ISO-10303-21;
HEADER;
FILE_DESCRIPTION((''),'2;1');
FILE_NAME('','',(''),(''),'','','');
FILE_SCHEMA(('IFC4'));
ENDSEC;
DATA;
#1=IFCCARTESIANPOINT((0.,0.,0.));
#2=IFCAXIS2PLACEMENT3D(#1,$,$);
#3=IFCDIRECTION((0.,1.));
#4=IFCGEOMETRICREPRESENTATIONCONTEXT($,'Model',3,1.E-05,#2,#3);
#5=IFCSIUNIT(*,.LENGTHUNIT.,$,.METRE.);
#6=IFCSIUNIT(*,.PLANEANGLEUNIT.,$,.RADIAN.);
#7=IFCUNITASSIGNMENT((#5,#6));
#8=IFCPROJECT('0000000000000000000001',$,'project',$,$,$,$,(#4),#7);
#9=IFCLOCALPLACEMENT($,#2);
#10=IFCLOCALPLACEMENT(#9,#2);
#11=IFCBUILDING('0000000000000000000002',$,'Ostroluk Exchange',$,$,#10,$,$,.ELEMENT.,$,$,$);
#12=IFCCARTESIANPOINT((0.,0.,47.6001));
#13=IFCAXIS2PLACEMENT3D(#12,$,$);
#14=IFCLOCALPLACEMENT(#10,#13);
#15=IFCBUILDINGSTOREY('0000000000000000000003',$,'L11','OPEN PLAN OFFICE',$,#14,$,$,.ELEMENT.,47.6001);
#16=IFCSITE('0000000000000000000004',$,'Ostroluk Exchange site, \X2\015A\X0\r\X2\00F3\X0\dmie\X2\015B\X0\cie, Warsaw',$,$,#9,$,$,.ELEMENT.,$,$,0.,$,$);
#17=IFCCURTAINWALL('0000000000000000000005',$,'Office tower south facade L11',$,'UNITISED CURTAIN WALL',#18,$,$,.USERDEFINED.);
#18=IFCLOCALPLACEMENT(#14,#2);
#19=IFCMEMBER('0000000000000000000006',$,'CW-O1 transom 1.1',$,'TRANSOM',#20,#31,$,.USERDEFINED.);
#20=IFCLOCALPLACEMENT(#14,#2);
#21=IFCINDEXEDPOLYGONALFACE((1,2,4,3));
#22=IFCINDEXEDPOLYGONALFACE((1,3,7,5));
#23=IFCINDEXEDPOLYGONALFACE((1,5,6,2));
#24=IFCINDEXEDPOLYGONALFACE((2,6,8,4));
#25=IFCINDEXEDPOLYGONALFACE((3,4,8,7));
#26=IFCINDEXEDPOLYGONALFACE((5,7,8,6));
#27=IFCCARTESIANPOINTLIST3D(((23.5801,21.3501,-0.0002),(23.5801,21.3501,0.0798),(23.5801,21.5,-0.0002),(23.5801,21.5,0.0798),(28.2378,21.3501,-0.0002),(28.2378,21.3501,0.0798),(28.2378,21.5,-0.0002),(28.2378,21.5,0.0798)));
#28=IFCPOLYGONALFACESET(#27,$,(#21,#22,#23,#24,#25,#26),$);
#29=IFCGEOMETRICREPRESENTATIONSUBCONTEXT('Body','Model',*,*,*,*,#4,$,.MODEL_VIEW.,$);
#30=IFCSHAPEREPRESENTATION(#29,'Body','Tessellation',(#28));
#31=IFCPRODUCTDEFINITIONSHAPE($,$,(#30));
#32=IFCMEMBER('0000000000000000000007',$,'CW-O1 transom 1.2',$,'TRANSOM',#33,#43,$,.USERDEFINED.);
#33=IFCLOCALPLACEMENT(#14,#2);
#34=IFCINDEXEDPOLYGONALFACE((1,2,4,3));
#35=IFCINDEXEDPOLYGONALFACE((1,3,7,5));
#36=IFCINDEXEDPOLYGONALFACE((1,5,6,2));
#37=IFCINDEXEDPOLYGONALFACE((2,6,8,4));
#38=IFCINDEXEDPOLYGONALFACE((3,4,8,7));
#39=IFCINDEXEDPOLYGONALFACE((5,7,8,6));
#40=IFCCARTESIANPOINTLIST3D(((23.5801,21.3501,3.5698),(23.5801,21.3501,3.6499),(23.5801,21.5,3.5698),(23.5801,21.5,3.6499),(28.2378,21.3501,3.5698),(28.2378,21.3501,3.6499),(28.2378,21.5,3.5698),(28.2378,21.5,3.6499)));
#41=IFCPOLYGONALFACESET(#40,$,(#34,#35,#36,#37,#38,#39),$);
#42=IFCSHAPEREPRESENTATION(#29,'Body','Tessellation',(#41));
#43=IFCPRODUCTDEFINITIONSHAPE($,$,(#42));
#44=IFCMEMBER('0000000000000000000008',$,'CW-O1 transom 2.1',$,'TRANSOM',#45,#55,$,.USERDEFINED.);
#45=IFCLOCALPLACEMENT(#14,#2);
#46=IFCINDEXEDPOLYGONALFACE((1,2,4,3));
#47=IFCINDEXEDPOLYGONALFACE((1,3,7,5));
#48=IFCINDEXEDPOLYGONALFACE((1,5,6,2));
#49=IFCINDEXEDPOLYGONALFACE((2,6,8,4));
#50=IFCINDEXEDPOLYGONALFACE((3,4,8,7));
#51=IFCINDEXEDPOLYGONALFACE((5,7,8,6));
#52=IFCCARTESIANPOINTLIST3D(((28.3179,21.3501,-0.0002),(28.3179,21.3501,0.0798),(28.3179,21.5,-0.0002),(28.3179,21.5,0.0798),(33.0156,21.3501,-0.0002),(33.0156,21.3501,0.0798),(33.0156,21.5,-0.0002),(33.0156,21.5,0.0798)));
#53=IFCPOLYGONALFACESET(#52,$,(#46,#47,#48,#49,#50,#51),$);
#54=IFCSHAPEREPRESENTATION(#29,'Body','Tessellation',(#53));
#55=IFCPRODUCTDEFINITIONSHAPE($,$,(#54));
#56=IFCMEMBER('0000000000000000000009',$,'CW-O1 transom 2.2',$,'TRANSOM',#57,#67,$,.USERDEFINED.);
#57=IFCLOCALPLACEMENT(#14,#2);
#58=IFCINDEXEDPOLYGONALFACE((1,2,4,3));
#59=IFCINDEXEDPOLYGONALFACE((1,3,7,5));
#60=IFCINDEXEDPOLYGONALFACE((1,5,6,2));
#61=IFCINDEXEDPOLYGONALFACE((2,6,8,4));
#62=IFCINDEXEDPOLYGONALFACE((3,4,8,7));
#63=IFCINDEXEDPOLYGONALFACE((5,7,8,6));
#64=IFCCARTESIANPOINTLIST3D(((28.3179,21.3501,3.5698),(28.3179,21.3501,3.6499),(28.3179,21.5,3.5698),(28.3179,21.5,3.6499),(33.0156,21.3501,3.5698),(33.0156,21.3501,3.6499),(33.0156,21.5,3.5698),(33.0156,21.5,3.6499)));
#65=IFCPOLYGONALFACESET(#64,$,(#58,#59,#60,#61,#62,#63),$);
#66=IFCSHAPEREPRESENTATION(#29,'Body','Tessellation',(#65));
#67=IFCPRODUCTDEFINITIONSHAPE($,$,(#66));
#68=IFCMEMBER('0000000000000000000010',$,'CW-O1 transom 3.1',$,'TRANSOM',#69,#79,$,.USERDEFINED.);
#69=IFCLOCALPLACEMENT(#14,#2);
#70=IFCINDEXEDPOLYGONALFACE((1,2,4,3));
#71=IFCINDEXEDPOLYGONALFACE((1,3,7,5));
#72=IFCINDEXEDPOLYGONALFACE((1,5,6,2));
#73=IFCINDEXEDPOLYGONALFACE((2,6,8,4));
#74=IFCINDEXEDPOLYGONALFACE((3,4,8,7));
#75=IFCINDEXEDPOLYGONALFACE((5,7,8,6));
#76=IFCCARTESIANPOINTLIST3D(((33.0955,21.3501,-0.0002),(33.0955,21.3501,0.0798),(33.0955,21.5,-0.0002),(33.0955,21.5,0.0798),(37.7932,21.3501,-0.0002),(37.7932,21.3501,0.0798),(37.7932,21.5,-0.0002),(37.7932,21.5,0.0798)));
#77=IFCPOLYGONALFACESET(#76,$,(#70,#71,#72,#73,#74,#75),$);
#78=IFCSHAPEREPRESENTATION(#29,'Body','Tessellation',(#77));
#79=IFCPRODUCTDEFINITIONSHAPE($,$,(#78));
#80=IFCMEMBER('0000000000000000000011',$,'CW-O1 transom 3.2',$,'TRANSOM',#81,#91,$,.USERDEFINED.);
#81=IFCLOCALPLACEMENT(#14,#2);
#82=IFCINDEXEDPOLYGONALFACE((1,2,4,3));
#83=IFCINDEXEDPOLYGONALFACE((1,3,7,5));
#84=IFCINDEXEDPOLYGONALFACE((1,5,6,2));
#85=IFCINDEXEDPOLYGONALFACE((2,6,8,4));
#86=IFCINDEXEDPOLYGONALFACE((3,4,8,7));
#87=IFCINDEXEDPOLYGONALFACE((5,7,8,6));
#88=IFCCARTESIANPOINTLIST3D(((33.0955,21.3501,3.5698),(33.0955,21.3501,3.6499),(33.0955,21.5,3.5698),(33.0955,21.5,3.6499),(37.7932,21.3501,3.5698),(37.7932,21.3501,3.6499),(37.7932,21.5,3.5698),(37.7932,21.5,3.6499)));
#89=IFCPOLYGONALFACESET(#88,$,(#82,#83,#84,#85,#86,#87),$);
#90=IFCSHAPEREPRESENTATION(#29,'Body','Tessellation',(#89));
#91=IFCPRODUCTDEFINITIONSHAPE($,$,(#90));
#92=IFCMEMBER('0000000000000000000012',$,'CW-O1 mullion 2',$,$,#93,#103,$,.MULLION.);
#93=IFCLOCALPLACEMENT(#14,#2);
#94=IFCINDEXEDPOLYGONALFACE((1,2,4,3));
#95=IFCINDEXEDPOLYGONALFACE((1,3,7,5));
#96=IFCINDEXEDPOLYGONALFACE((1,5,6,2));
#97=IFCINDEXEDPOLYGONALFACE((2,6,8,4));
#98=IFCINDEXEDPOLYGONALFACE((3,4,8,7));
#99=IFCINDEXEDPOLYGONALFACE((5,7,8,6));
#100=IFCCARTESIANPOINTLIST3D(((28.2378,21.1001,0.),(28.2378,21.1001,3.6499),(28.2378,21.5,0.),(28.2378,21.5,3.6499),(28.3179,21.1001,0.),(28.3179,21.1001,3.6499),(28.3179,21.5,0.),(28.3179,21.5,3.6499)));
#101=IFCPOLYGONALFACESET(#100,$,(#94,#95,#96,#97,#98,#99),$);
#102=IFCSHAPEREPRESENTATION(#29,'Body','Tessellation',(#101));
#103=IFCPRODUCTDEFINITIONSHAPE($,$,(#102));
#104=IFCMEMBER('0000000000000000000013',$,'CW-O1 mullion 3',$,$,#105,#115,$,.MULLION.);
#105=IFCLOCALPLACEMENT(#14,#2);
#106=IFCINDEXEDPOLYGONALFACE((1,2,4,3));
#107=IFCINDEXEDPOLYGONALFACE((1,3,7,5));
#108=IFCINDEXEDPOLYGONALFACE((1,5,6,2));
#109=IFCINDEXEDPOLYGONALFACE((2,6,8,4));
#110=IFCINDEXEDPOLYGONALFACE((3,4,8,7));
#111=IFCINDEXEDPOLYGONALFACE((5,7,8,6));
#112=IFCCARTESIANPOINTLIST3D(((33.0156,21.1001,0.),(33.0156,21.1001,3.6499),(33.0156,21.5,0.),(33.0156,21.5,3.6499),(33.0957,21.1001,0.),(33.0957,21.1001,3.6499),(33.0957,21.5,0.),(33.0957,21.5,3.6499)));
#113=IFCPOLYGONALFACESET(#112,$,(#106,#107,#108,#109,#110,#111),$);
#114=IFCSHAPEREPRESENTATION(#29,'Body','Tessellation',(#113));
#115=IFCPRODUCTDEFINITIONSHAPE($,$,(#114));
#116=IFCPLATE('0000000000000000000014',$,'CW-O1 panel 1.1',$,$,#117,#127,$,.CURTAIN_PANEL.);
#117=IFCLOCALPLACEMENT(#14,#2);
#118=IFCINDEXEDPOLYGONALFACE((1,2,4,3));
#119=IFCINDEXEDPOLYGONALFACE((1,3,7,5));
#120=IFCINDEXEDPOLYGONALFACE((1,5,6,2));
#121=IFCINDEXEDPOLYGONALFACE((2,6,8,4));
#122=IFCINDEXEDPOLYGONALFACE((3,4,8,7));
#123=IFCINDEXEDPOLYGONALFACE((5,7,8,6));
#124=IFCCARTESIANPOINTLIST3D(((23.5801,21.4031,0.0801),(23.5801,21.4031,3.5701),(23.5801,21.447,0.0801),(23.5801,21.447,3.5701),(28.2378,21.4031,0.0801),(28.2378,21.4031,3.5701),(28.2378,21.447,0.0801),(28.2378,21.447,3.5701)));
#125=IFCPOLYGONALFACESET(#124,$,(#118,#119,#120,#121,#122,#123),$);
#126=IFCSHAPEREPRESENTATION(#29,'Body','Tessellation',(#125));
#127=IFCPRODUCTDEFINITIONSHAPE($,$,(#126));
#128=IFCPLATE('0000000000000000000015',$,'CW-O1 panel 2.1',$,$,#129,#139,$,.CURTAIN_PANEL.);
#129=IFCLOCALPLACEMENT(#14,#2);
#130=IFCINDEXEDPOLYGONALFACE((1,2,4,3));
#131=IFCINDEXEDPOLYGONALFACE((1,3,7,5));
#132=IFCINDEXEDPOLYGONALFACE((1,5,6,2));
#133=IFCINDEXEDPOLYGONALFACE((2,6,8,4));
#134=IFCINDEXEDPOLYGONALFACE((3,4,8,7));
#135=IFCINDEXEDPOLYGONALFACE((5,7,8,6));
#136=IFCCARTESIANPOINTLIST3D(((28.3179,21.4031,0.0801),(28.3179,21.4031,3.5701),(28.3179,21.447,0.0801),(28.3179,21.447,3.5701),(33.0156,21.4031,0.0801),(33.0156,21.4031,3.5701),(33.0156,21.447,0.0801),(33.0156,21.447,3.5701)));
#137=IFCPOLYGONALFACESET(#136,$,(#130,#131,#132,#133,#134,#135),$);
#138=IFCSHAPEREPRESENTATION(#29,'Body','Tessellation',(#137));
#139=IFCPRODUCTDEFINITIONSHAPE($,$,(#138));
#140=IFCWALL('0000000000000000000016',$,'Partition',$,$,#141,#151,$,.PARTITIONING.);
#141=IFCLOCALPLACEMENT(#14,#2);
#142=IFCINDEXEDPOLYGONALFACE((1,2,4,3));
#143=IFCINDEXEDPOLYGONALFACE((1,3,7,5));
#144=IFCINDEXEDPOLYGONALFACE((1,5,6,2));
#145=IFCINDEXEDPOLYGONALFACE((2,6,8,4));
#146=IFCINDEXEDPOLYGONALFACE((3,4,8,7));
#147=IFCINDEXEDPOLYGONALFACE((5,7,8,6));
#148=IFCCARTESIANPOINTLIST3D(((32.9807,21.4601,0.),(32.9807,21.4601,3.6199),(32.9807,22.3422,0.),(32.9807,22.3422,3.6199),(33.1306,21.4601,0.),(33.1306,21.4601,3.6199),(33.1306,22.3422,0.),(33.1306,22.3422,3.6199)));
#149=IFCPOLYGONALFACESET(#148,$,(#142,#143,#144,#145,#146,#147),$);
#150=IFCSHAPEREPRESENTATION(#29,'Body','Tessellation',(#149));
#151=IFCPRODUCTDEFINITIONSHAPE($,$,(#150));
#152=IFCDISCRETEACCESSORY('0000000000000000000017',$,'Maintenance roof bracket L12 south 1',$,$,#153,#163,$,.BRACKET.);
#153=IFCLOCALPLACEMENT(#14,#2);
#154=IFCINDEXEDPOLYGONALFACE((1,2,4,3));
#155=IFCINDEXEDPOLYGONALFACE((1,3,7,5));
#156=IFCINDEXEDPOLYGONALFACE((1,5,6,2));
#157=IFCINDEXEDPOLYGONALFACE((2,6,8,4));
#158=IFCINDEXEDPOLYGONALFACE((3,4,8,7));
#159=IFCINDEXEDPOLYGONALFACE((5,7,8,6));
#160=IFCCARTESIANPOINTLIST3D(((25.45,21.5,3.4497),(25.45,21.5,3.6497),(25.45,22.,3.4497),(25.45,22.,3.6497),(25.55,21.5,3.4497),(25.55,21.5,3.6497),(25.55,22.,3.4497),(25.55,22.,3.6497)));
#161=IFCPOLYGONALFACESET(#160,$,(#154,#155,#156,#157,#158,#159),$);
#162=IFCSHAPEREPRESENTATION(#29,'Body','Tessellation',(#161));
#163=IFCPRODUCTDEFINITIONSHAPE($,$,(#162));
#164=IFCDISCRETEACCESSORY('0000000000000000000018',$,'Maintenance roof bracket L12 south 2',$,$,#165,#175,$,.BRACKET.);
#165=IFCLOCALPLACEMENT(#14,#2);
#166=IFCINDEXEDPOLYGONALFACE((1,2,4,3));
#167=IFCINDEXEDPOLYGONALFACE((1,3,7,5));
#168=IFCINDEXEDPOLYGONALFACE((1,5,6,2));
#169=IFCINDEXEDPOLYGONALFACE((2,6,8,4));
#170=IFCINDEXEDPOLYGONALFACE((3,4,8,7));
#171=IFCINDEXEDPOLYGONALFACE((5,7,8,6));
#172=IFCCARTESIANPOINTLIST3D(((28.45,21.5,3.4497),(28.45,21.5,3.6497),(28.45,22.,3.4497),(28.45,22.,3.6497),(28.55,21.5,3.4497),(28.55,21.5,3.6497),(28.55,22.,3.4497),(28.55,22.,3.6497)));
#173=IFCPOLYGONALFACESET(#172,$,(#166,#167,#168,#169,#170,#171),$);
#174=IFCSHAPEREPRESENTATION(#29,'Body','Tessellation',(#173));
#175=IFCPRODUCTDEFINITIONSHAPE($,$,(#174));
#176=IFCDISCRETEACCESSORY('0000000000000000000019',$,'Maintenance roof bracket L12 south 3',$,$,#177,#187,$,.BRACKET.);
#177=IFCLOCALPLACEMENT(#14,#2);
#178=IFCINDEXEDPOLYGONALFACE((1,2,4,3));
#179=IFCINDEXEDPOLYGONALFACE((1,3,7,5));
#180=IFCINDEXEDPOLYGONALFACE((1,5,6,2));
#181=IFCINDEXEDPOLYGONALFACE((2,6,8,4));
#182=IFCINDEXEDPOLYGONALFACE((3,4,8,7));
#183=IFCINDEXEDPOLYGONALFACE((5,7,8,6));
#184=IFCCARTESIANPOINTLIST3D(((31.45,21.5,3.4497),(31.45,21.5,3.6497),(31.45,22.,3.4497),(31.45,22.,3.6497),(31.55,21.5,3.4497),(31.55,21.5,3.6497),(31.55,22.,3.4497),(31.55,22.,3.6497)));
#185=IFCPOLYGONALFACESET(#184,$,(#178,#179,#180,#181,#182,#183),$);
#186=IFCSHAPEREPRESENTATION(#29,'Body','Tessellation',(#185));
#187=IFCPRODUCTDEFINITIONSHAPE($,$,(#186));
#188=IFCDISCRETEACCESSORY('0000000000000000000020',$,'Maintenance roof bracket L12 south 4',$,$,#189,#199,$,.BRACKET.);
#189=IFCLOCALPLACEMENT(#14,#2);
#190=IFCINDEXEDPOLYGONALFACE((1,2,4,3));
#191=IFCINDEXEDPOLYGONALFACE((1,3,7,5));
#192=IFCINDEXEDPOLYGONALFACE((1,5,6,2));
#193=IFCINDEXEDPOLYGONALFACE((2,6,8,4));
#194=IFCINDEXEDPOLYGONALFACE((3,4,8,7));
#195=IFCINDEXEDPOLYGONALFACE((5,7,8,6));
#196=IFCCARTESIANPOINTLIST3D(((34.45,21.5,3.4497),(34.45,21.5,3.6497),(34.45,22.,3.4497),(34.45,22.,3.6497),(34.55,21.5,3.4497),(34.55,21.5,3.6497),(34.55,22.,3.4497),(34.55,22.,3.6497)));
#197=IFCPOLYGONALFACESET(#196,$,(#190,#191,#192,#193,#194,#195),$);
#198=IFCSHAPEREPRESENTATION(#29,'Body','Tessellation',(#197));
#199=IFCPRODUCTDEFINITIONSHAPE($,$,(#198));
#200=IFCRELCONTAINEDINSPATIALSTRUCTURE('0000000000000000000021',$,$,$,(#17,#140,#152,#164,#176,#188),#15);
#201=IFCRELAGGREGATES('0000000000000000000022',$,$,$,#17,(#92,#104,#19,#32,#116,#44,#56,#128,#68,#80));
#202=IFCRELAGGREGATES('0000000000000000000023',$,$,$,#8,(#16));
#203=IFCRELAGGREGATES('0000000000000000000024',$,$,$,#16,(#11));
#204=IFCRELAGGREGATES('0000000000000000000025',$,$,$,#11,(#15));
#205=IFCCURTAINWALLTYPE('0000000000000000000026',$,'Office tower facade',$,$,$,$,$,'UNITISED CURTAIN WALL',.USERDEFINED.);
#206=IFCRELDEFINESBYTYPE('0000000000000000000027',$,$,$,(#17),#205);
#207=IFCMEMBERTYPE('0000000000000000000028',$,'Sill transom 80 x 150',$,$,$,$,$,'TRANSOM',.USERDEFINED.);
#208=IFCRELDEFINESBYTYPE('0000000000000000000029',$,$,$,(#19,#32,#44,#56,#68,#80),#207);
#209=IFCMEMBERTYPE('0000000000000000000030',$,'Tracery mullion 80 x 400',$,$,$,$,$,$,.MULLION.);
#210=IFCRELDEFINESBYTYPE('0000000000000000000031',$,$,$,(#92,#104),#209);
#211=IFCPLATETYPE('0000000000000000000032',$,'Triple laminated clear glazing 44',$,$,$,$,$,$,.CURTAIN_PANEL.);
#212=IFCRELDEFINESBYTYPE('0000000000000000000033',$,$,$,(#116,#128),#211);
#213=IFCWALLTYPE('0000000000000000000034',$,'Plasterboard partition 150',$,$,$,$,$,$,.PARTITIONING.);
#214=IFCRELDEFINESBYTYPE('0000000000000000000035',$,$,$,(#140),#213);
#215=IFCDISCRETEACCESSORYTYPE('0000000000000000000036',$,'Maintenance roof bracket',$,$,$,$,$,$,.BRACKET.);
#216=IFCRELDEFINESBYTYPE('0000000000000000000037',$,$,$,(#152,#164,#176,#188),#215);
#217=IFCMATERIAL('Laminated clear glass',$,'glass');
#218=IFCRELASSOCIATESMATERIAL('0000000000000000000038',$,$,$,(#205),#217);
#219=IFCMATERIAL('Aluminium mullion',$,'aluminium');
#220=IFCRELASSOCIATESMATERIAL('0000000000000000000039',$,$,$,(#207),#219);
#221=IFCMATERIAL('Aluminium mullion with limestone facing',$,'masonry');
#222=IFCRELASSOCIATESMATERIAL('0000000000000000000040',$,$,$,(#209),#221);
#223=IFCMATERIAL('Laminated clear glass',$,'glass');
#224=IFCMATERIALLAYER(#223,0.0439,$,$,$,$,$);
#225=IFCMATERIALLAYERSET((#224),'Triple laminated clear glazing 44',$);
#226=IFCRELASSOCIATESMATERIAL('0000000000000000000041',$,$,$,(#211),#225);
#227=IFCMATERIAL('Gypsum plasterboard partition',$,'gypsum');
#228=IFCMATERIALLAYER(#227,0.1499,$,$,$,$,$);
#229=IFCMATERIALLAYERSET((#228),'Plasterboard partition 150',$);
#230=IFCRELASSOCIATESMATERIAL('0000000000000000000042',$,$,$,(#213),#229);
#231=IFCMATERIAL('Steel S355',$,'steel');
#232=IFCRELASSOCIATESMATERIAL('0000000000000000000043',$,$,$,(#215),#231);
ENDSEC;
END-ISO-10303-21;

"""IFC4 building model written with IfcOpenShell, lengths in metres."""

from ifc_helpers import new_model, si_unit, direction, frame, frame_2d, origin, origin_2d, place, context, subcontext, project, spatial, rectangle, extrude, material, layer, layer_set, material_profile, profile_set, type_object, element, aggregate, save


model = new_model("IFC4")

# Units and contexts
model_context = context("Model", 3, precision=1e-05, world=origin(), true_north=direction((0.0, 1.0)))
body_context = subcontext(model_context, "Body", "Model", "MODEL_VIEW")
ifc_project = project(units=[si_unit("LENGTHUNIT", "METRE"), si_unit("PLANEANGLEUNIT", "RADIAN")], contexts=[model_context])

# Site, building, storey
site_placement = place(None, origin())
site = spatial("IfcSite", under=ifc_project, at=site_placement, Name="Ostroluk Exchange site, Śródmieście, Warsaw", CompositionType="ELEMENT", RefElevation=0.0)
building_placement = place(site_placement, origin())
building = spatial("IfcBuilding", under=site, at=building_placement, Name="Ostroluk Exchange", CompositionType="ELEMENT")
storey_placement = place(building_placement, frame((0.0, 0.0, 47.6001)))
storey = spatial("IfcBuildingStorey", under=building, at=storey_placement, Name="L11", Description="OPEN PLAN OFFICE", CompositionType="ELEMENT", Elevation=47.6001)

# Curtain wall, members, plates
ifc_material_1 = material(Name="Laminated clear glass", Category="glass")
curtain_wall_type = type_object("IfcCurtainWallType", Name="Office tower facade", ElementType="UNITISED CURTAIN WALL", PredefinedType="USERDEFINED", material=ifc_material_1)
curtain_wall_placement = place(storey_placement, origin())
curtain_wall = element("IfcCurtainWall", 1, at=curtain_wall_placement, inside=storey, type_object=curtain_wall_type, Name="Office tower south facade L11", ObjectType="UNITISED CURTAIN WALL", PredefinedType="USERDEFINED")
ifc_material_2 = material(Name="Aluminium mullion", Category="aluminium")
ifc_material_profile_1 = material_profile(ifc_material_2, rectangle(XDim=0.1499, YDim=0.0801, at=origin_2d()), Name="Sill transom 80 x 150")
ifc_profile_set_1 = profile_set([ifc_material_profile_1], Name="Aluminium mullion")
member_type_1 = type_object("IfcMemberType", Name="Sill transom 80 x 150", ElementType="TRANSOM", PredefinedType="USERDEFINED", material=ifc_profile_set_1)
member_1_placement = place(storey_placement, frame((23.5801, 21.425, 0.0398), z_axis=(1.0, 0.0, 0.0), x_axis=(0.0, 1.0, 0.0)))
member_1 = element("IfcMember", 2, at=member_1_placement, type_object=member_type_1, Name="CW-O1 transom 1.1", ObjectType="TRANSOM", PredefinedType="USERDEFINED", context=body_context, shape_type="SweptSolid", body=[
    extrude(rectangle(XDim=0.1499, YDim=0.0801, at=origin_2d()), origin(), (0.0, 0.0, 1.0), 4.6577),
])
member_2_placement = place(storey_placement, frame((23.5801, 21.425, 3.6099), z_axis=(1.0, 0.0, 0.0), x_axis=(0.0, 1.0, 0.0)))
member_2 = element("IfcMember", 3, at=member_2_placement, type_object=member_type_1, Name="CW-O1 transom 1.2", ObjectType="TRANSOM", PredefinedType="USERDEFINED", context=body_context, shape_type="SweptSolid", body=[
    extrude(rectangle(XDim=0.1499, YDim=0.0801, at=origin_2d()), origin(), (0.0, 0.0, 1.0), 4.6577),
])
member_3_placement = place(storey_placement, frame((28.3179, 21.425, 0.0398), z_axis=(1.0, 0.0, 0.0), x_axis=(0.0, 1.0, 0.0)))
member_3 = element("IfcMember", 4, at=member_3_placement, type_object=member_type_1, Name="CW-O1 transom 2.1", ObjectType="TRANSOM", PredefinedType="USERDEFINED", context=body_context, shape_type="SweptSolid", body=[
    extrude(rectangle(XDim=0.1499, YDim=0.0801, at=origin_2d()), origin(), (0.0, 0.0, 1.0), 4.6978),
])
member_4_placement = place(storey_placement, frame((28.3179, 21.425, 3.6099), z_axis=(1.0, 0.0, 0.0), x_axis=(0.0, 1.0, 0.0)))
member_4 = element("IfcMember", 5, at=member_4_placement, type_object=member_type_1, Name="CW-O1 transom 2.2", ObjectType="TRANSOM", PredefinedType="USERDEFINED", context=body_context, shape_type="SweptSolid", body=[
    extrude(rectangle(XDim=0.1499, YDim=0.0801, at=origin_2d()), origin(), (0.0, 0.0, 1.0), 4.6978),
])
member_5_placement = place(storey_placement, frame((33.0955, 21.425, 0.0398), z_axis=(1.0, 0.0, 0.0), x_axis=(0.0, 1.0, 0.0)))
member_5 = element("IfcMember", 6, at=member_5_placement, type_object=member_type_1, Name="CW-O1 transom 3.1", ObjectType="TRANSOM", PredefinedType="USERDEFINED", context=body_context, shape_type="SweptSolid", body=[
    extrude(rectangle(XDim=0.1499, YDim=0.0801, at=origin_2d()), origin(), (0.0, 0.0, 1.0), 4.6978),
])
member_6_placement = place(storey_placement, frame((33.0955, 21.425, 3.6099), z_axis=(1.0, 0.0, 0.0), x_axis=(0.0, 1.0, 0.0)))
member_6 = element("IfcMember", 7, at=member_6_placement, type_object=member_type_1, Name="CW-O1 transom 3.2", ObjectType="TRANSOM", PredefinedType="USERDEFINED", context=body_context, shape_type="SweptSolid", body=[
    extrude(rectangle(XDim=0.1499, YDim=0.0801, at=origin_2d()), origin(), (0.0, 0.0, 1.0), 4.6978),
])
ifc_material_3 = material(Name="Aluminium mullion with limestone facing", Category="masonry")
ifc_material_profile_2 = material_profile(ifc_material_3, rectangle(XDim=0.3999, YDim=0.0801, at=origin_2d()), Name="Tracery mullion 80 x 400")
ifc_profile_set_2 = profile_set([ifc_material_profile_2], Name="Aluminium mullion with limestone facing")
member_type_2 = type_object("IfcMemberType", Name="Tracery mullion 80 x 400", PredefinedType="MULLION", material=ifc_profile_set_2)
member_7_placement = place(storey_placement, frame((28.2778, 21.3, 0.0), z_axis=(0.0, 0.0, 1.0), x_axis=(0.0, 1.0, 0.0)))
member_7 = element("IfcMember", 8, at=member_7_placement, type_object=member_type_2, Name="CW-O1 mullion 2", PredefinedType="MULLION", context=body_context, shape_type="SweptSolid", body=[
    extrude(rectangle(XDim=0.3999, YDim=0.0801, at=origin_2d()), origin(), (0.0, 0.0, 1.0), 3.6499),
])
member_8_placement = place(storey_placement, frame((33.0557, 21.3, 0.0), z_axis=(0.0, 0.0, 1.0), x_axis=(0.0, 1.0, 0.0)))
member_8 = element("IfcMember", 9, at=member_8_placement, type_object=member_type_2, Name="CW-O1 mullion 3", PredefinedType="MULLION", context=body_context, shape_type="SweptSolid", body=[
    extrude(rectangle(XDim=0.3999, YDim=0.0801, at=origin_2d()), origin(), (0.0, 0.0, 1.0), 3.6499),
])
ifc_material_4 = material(Name="Laminated clear glass", Category="glass")
ifc_layer_1 = layer(ifc_material_4, 0.0439)
ifc_layer_set_1 = layer_set([ifc_layer_1], Name="Triple laminated clear glazing 44")
plate_type = type_object("IfcPlateType", Name="Triple laminated clear glazing 44", PredefinedType="CURTAIN_PANEL", material=ifc_layer_set_1)
plate_1_placement = place(storey_placement, frame((25.9089, 21.425, 0.0801), z_axis=(0.0, 0.0, 1.0), x_axis=(1.0, 0.0, 0.0)))
plate_1 = element("IfcPlate", 10, at=plate_1_placement, type_object=plate_type, Name="CW-O1 panel 1.1", PredefinedType="CURTAIN_PANEL", context=body_context, shape_type="SweptSolid", body=[
    extrude(rectangle(XDim=4.6577, YDim=0.0439, at=origin_2d()), origin(), (0.0, 0.0, 1.0), 3.49),
])
plate_2_placement = place(storey_placement, frame((30.6667, 21.425, 0.0801), z_axis=(0.0, 0.0, 1.0), x_axis=(1.0, 0.0, 0.0)))
plate_2 = element("IfcPlate", 11, at=plate_2_placement, type_object=plate_type, Name="CW-O1 panel 2.1", PredefinedType="CURTAIN_PANEL", context=body_context, shape_type="SweptSolid", body=[
    extrude(rectangle(XDim=4.6978, YDim=0.0439, at=origin_2d()), origin(), (0.0, 0.0, 1.0), 3.49),
])
aggregate(curtain_wall, [member_7, member_8, member_1, member_2, plate_1, member_3, member_4, plate_2, member_5, member_6])

# Wall
ifc_material_5 = material(Name="Gypsum plasterboard partition", Category="gypsum")
ifc_layer_2 = layer(ifc_material_5, 0.1499)
ifc_layer_set_2 = layer_set([ifc_layer_2], Name="Plasterboard partition 150")
wall_type_1 = type_object("IfcWallType", Name="Plasterboard partition 150", PredefinedType="PARTITIONING", material=ifc_layer_set_2)
wall_1_placement = place(storey_placement, frame((33.0557, 22.342, 0.0), z_axis=(0.0, 0.0, 1.0), x_axis=(0.0, -1.0, 0.0)))
element("IfcWall", 12, at=wall_1_placement, inside=storey, type_object=wall_type_1, Name="Partition", PredefinedType="PARTITIONING", context=body_context, shape_type="SweptSolid", body=[
    extrude(rectangle(XDim=0.8821, YDim=0.1499, at=frame_2d((0.4409, 0.0))), origin(), (0.0, 0.0, 1.0), 3.6199),
])

# Discrete accessories
ifc_material_6 = material(Name="Steel S355", Category="steel")
discrete_accessory_type = type_object("IfcDiscreteAccessoryType", Name="Maintenance roof bracket", PredefinedType="BRACKET", material=ifc_material_6)
for number, where, z_axis, x_axis, name in (
    (13, (25.5, 21.75, 3.4497), (0.0, 0.0, 1.0), (1.0, 0.0, 0.0), "Maintenance roof bracket L12 south 1"),
    (14, (28.5, 21.75, 3.4497), (0.0, 0.0, 1.0), (1.0, 0.0, 0.0), "Maintenance roof bracket L12 south 2"),
    (15, (31.5, 21.75, 3.4497), (0.0, 0.0, 1.0), (1.0, 0.0, 0.0), "Maintenance roof bracket L12 south 3"),
    (16, (34.5, 21.75, 3.4497), (0.0, 0.0, 1.0), (1.0, 0.0, 0.0), "Maintenance roof bracket L12 south 4"),
):
    element("IfcDiscreteAccessory", number, at=place(storey_placement, frame(where, z_axis=z_axis, x_axis=x_axis)), inside=storey, type_object=discrete_accessory_type, Name=name, PredefinedType="BRACKET", context=body_context, shape_type="SweptSolid", body=[
        extrude(rectangle(XDim=0.1001, YDim=0.5, at=origin_2d()), origin(), (0.0, 0.0, 1.0), 0.2),
    ])

save(model, "model.ifc")
